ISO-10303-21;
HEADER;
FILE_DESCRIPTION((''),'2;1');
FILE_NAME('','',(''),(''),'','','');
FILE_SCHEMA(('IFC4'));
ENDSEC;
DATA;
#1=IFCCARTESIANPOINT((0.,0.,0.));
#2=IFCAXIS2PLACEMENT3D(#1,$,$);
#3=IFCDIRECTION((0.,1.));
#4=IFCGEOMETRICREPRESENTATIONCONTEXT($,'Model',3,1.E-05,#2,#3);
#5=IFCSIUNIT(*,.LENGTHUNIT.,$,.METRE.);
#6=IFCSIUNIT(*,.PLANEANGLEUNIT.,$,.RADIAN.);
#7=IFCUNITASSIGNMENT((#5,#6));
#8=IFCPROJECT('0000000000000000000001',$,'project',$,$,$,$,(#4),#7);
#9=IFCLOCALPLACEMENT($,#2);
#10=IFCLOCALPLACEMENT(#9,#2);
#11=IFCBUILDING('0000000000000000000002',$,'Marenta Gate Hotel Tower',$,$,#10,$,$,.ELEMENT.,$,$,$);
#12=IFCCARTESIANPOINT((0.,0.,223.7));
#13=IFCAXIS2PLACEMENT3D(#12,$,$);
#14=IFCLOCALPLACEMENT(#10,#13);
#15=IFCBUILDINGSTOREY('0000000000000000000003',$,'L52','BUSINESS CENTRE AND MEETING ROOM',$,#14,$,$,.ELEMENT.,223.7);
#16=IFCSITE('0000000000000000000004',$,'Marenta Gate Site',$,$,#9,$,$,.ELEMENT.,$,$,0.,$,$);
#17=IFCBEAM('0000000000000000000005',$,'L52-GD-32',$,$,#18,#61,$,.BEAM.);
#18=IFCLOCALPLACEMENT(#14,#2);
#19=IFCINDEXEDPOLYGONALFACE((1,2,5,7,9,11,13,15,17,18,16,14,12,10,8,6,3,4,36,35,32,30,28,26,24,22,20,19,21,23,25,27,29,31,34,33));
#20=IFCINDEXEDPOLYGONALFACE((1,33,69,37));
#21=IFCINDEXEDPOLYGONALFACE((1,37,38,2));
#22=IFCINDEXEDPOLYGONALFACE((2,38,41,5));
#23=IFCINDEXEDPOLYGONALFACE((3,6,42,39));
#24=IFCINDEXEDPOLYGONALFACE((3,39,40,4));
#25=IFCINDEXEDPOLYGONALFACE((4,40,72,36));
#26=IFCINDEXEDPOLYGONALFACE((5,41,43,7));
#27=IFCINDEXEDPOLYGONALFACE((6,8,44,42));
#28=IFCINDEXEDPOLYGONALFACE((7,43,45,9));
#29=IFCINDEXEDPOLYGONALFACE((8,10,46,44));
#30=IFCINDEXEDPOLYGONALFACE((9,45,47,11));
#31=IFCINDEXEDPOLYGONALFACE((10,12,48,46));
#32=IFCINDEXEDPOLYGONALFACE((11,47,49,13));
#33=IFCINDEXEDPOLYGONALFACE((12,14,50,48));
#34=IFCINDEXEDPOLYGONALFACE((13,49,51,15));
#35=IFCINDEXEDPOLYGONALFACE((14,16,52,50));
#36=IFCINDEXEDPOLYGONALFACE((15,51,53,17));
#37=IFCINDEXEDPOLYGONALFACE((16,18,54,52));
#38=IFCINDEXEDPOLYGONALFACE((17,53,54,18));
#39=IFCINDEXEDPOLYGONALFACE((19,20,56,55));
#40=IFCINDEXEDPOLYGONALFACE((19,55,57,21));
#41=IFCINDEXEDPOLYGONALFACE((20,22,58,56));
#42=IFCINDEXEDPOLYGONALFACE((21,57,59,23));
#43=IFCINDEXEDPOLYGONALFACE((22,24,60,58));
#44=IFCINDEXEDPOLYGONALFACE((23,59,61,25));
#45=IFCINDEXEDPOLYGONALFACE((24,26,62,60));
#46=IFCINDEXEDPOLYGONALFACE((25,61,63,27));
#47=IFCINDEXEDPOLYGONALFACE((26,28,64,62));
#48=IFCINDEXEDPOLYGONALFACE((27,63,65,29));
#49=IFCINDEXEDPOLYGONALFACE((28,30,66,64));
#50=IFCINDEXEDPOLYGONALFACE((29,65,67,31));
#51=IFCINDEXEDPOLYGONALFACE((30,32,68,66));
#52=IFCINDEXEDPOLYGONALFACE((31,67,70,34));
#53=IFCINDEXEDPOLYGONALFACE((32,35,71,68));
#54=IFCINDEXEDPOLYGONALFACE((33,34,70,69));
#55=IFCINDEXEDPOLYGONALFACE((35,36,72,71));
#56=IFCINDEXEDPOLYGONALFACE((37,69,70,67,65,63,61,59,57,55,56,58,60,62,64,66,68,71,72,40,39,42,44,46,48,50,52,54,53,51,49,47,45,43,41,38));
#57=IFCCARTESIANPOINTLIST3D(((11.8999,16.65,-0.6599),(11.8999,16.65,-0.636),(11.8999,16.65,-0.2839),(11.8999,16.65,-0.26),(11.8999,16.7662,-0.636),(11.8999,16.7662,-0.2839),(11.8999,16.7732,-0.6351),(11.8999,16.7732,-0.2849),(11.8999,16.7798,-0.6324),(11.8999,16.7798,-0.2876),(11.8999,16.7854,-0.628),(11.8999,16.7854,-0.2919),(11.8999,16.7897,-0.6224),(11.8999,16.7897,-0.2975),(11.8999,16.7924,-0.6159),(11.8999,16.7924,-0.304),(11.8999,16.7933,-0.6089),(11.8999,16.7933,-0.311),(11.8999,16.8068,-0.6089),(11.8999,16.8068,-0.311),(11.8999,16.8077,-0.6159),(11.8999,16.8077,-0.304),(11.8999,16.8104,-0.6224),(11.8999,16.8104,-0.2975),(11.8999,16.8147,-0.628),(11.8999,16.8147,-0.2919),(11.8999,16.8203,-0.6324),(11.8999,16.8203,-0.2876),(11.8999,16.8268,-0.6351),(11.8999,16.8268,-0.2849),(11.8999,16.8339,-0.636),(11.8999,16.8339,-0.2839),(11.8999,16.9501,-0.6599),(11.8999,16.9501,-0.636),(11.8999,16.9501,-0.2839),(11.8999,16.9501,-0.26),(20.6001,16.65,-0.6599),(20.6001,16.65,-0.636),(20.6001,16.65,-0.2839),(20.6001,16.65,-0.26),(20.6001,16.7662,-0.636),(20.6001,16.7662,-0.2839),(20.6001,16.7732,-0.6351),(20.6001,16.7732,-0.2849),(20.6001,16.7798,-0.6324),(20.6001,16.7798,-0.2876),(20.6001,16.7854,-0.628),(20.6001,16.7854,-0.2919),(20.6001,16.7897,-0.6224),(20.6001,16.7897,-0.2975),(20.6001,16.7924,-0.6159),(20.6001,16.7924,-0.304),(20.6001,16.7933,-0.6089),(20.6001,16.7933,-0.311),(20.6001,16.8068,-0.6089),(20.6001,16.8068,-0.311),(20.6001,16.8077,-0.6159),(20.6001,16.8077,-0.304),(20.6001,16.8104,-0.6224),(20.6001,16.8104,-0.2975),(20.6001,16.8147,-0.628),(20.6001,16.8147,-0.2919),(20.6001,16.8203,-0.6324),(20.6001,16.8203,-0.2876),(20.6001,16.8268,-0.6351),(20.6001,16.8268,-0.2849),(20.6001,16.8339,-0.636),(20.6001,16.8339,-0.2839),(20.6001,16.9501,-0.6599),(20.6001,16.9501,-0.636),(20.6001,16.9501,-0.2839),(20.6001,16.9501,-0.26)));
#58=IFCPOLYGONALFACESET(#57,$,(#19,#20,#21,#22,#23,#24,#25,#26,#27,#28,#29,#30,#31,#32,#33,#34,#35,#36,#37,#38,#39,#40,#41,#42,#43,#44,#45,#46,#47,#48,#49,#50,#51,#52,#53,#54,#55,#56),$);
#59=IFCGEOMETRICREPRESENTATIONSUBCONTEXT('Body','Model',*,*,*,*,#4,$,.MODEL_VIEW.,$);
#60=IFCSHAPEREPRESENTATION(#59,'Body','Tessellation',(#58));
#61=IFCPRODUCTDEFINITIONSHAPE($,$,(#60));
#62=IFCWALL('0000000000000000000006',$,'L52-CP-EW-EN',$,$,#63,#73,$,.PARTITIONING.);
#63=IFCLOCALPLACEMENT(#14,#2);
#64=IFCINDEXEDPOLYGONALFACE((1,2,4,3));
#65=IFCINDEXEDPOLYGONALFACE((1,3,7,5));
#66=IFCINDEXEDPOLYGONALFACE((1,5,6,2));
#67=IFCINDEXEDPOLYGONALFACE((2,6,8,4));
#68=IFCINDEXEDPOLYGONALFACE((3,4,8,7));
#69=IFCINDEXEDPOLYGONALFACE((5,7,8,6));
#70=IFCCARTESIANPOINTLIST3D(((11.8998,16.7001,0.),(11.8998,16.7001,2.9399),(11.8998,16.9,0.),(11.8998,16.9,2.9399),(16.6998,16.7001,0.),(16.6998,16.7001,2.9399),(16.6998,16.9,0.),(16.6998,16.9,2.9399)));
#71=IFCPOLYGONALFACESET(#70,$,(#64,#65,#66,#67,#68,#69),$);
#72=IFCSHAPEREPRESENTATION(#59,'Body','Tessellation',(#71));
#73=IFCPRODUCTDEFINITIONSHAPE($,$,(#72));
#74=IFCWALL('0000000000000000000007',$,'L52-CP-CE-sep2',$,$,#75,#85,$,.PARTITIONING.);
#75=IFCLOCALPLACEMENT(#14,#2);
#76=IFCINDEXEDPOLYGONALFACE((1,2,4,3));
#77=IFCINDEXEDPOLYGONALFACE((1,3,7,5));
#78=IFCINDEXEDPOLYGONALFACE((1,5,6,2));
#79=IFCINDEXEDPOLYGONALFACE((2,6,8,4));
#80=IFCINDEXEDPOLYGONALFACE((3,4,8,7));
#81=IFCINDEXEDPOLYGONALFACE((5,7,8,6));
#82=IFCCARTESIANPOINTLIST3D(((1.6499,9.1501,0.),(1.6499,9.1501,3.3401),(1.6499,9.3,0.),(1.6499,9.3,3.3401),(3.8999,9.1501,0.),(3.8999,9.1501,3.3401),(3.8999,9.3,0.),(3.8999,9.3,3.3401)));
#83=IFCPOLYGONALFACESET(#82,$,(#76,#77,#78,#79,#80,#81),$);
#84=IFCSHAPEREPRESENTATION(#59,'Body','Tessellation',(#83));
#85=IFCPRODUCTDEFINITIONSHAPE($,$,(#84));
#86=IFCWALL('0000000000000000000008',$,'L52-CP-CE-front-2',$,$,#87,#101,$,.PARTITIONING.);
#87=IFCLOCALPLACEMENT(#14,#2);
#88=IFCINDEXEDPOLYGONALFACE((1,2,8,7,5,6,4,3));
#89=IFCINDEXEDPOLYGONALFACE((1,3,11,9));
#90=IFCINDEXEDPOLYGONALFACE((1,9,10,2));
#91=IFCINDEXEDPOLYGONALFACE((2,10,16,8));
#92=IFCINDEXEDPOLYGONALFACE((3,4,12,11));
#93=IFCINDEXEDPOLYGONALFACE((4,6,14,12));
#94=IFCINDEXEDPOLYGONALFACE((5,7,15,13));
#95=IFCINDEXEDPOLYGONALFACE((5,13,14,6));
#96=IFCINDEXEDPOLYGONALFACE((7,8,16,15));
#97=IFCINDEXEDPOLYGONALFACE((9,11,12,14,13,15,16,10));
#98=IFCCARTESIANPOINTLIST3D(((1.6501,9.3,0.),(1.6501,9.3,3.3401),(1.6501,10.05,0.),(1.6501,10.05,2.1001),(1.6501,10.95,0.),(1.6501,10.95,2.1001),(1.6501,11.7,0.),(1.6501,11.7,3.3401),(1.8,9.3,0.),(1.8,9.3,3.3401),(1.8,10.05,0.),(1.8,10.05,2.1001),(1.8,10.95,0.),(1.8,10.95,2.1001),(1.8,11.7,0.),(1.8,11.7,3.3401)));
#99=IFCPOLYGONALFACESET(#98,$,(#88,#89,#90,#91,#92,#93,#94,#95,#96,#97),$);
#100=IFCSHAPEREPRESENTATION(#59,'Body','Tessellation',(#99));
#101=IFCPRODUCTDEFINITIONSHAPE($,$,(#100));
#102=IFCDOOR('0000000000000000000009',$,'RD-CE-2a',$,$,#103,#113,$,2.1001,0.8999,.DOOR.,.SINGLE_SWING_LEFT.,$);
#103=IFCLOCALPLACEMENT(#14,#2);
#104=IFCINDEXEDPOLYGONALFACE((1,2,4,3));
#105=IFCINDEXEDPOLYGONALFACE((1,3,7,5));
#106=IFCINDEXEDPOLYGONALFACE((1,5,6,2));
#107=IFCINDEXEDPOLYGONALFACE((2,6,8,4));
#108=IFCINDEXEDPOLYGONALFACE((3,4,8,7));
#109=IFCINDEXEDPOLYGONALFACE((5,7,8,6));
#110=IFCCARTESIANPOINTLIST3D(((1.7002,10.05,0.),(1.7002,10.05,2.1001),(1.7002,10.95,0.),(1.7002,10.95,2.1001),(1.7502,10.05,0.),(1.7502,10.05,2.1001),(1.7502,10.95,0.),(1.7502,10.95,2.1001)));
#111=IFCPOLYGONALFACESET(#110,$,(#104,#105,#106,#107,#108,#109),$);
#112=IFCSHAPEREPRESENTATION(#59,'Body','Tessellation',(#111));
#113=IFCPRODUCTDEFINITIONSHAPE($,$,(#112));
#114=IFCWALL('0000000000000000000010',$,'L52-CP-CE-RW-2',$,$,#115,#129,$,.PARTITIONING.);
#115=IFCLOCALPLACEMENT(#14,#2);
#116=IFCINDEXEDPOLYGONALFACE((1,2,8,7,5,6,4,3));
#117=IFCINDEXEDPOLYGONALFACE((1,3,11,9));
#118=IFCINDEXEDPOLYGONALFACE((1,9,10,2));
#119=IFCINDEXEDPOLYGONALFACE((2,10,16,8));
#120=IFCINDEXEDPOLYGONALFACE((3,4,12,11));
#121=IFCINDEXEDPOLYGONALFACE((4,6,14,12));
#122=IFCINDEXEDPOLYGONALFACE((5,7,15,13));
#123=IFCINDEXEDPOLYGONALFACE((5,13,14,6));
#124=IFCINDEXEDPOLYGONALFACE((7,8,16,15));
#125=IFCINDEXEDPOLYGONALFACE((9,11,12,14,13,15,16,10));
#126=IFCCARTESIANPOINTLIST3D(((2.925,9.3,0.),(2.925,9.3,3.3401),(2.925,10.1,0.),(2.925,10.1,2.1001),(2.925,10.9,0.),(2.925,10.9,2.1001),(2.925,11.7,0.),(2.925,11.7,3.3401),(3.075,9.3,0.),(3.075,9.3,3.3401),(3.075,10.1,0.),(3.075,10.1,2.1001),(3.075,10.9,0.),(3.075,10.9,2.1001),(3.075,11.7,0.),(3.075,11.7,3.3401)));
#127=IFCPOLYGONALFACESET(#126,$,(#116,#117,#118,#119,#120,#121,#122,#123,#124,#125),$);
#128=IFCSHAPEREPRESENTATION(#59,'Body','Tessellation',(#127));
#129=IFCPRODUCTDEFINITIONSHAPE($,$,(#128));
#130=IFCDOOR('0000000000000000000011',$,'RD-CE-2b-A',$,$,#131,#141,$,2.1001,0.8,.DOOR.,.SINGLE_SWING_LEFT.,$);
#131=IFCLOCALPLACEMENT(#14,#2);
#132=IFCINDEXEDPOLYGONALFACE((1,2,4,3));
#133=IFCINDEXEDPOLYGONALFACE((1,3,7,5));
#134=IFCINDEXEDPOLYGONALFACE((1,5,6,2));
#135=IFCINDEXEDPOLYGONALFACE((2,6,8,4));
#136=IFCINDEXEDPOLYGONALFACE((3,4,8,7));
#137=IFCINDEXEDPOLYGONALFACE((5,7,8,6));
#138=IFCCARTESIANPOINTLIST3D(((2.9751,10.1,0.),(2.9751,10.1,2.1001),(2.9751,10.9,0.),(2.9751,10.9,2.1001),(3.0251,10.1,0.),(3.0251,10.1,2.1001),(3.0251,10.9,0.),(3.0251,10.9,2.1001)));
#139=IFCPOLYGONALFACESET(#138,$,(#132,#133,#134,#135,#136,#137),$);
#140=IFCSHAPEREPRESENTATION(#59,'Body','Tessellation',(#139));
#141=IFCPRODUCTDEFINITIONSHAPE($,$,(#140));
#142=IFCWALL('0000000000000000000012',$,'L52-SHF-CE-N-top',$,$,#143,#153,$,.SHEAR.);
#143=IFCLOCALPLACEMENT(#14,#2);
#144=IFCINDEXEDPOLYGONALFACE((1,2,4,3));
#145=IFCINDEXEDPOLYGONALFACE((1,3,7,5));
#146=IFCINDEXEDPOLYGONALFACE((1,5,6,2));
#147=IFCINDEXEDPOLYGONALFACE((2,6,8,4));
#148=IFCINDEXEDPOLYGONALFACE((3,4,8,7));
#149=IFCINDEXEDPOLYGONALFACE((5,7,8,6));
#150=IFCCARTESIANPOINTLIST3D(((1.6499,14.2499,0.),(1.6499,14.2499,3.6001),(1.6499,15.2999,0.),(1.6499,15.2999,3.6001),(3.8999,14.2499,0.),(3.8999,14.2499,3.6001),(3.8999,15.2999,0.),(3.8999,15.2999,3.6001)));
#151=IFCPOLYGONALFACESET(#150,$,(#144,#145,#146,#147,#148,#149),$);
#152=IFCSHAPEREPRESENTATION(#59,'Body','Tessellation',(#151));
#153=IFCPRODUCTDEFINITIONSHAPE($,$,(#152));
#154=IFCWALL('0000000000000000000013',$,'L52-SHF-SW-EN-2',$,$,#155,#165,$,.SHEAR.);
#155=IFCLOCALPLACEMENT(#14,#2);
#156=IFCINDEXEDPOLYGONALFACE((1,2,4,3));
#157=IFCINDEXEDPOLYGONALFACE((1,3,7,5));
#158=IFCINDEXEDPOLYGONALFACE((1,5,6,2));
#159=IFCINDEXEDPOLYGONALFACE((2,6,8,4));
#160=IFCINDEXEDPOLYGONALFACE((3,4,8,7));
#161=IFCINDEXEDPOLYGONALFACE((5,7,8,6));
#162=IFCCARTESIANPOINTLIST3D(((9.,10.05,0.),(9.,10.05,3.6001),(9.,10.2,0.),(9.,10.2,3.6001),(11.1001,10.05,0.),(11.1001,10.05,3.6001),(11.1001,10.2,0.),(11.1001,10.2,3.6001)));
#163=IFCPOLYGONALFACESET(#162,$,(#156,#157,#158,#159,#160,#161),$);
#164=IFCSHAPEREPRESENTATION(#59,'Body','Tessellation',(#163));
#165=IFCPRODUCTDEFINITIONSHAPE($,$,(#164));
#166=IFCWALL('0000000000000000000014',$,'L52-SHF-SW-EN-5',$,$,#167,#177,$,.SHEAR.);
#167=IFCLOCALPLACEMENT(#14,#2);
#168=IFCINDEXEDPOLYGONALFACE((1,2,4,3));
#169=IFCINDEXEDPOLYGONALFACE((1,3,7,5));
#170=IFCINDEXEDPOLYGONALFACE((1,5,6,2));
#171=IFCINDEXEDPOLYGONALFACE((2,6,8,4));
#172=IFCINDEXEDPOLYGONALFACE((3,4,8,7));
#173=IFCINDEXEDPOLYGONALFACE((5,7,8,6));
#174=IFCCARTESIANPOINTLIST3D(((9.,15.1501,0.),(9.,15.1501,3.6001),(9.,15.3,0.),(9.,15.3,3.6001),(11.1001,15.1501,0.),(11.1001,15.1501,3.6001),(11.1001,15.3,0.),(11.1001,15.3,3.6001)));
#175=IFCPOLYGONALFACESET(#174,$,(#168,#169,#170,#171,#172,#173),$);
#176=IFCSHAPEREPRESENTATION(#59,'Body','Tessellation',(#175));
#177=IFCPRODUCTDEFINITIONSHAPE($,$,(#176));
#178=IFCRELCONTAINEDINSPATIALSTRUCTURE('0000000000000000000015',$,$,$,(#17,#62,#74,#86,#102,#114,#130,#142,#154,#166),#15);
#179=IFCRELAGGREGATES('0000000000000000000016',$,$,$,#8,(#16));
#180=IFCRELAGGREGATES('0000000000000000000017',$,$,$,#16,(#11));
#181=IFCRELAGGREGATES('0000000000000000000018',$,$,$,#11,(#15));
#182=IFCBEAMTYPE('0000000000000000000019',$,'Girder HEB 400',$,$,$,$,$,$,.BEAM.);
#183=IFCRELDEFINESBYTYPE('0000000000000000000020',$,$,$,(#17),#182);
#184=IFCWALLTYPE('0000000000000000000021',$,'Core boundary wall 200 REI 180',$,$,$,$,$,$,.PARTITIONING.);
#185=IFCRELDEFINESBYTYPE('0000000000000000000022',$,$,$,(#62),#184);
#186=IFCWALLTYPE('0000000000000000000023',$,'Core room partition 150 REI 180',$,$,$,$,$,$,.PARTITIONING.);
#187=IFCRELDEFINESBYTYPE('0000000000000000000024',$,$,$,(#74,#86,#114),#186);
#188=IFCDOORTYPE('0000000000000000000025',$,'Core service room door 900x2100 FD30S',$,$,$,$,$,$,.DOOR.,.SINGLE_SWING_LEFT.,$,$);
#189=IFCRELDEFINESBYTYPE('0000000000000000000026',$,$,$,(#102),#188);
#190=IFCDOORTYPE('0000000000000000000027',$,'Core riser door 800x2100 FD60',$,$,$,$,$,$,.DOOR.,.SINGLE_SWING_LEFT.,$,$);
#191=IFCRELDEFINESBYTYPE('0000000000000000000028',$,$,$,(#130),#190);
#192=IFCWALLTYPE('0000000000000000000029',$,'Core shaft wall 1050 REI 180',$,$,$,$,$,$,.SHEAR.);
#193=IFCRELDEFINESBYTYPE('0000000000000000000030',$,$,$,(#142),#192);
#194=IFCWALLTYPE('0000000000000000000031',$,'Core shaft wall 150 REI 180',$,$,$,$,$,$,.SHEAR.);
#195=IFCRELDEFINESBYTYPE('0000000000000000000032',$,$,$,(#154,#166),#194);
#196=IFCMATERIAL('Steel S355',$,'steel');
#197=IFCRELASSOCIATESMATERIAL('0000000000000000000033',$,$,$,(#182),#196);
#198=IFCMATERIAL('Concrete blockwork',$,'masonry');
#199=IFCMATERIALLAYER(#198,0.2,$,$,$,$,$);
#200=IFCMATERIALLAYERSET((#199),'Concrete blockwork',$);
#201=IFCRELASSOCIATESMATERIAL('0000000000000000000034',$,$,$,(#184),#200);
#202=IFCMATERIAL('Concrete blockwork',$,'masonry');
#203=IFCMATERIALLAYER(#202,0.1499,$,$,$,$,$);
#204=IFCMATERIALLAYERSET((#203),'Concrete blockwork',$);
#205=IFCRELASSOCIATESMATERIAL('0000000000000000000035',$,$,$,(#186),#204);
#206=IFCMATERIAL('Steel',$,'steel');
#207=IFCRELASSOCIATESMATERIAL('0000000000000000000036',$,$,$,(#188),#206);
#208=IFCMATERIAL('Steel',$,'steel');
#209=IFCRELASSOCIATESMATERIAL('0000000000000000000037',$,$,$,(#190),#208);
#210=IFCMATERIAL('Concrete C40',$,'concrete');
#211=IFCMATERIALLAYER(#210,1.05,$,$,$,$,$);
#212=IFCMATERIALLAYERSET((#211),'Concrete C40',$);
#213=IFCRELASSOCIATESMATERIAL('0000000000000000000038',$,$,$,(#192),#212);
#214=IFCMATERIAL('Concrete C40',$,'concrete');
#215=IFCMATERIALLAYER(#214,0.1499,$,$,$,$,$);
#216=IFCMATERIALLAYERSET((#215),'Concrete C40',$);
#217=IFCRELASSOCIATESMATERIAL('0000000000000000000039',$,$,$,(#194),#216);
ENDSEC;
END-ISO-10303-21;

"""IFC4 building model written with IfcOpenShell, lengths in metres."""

from ifc_helpers import new_model, si_unit, direction, frame, frame_2d, origin, origin_2d, place, context, subcontext, project, spatial, rectangle, i_section, extrude, material, layer, layer_set, material_profile, profile_set, type_object, element, fill, save


model = new_model("IFC4")

# Units and contexts
model_context = context("Model", 3, precision=1e-05, world=origin(), true_north=direction((0.0, 1.0)))
body_context = subcontext(model_context, "Body", "Model", "MODEL_VIEW")
ifc_project = project(units=[si_unit("LENGTHUNIT", "METRE"), si_unit("PLANEANGLEUNIT", "RADIAN")], contexts=[model_context])

# Site, building, storey
site_placement = place(None, origin())
site = spatial("IfcSite", under=ifc_project, at=site_placement, Name="Marenta Gate Site", CompositionType="ELEMENT", RefElevation=0.0)
building_placement = place(site_placement, origin())
building = spatial("IfcBuilding", under=site, at=building_placement, Name="Marenta Gate Hotel Tower", CompositionType="ELEMENT")
storey_placement = place(building_placement, frame((0.0, 0.0, 223.7)))
storey = spatial("IfcBuildingStorey", under=building, at=storey_placement, Name="L52", Description="BUSINESS CENTRE AND MEETING ROOM", CompositionType="ELEMENT", Elevation=223.7)

# Beam
ifc_material_1 = material(Name="Steel S355", Category="steel")
ifc_material_profile_1 = material_profile(ifc_material_1, i_section(OverallWidth=0.3, OverallDepth=0.3999, WebThickness=0.0134, FlangeThickness=0.0239, FilletRadius=0.0271, at=origin_2d()), Name="HEB 400")
ifc_profile_set_1 = profile_set([ifc_material_profile_1], Name="Steel S355")
beam_type_1 = type_object("IfcBeamType", Name="Girder HEB 400", PredefinedType="BEAM", material=ifc_profile_set_1)
beam_1_placement = place(storey_placement, frame((11.8999, 16.8, -0.46), z_axis=(1.0, 0.0, 0.0), x_axis=(0.0, 1.0, 0.0)))
element("IfcBeam", 1, at=beam_1_placement, inside=storey, type_object=beam_type_1, Name="L52-GD-32", PredefinedType="BEAM", context=body_context, shape_type="SweptSolid", body=[
    extrude(i_section(OverallWidth=0.3, OverallDepth=0.3999, WebThickness=0.0134, FlangeThickness=0.0239, FilletRadius=0.0271, at=origin_2d()), origin(), (0.0, 0.0, 1.0), 8.7002),
])

# Walls
ifc_material_2 = material(Name="Concrete blockwork", Category="masonry")
ifc_layer_1 = layer(ifc_material_2, 0.2)
ifc_layer_set_1 = layer_set([ifc_layer_1], Name="Concrete blockwork")
wall_type_1 = type_object("IfcWallType", Name="Core boundary wall 200 REI 180", PredefinedType="PARTITIONING", material=ifc_layer_set_1)
wall_1_placement = place(storey_placement, frame((11.8999, 16.8, 0.0), z_axis=(0.0, 0.0, 1.0), x_axis=(1.0, 0.0, 0.0)))
element("IfcWall", 2, at=wall_1_placement, inside=storey, type_object=wall_type_1, Name="L52-CP-EW-EN", PredefinedType="PARTITIONING", context=body_context, shape_type="SweptSolid", body=[
    extrude(rectangle(XDim=4.8, YDim=0.2, at=frame_2d((2.3999, 0.0))), origin(), (0.0, 0.0, 1.0), 2.9399),
])
ifc_material_3 = material(Name="Concrete blockwork", Category="masonry")
ifc_layer_2 = layer(ifc_material_3, 0.1499)
ifc_layer_set_2 = layer_set([ifc_layer_2], Name="Concrete blockwork")
wall_type_2 = type_object("IfcWallType", Name="Core room partition 150 REI 180", PredefinedType="PARTITIONING", material=ifc_layer_set_2)
wall_2_placement = place(storey_placement, frame((1.6499, 9.2251, 0.0), z_axis=(0.0, 0.0, 1.0), x_axis=(1.0, 0.0, 0.0)))
element("IfcWall", 3, at=wall_2_placement, inside=storey, type_object=wall_type_2, Name="L52-CP-CE-sep2", PredefinedType="PARTITIONING", context=body_context, shape_type="SweptSolid", body=[
    extrude(rectangle(XDim=2.25, YDim=0.1499, at=frame_2d((1.125, 0.0))), origin(), (0.0, 0.0, 1.0), 3.3401),
])

# Walls, openings, doors
wall_3_placement = place(storey_placement, frame((1.7251, 9.3, 0.0), z_axis=(0.0, 0.0, 1.0), x_axis=(0.0, 1.0, 0.0)))
wall_3 = element("IfcWall", 4, at=wall_3_placement, inside=storey, type_object=wall_type_2, Name="L52-CP-CE-front-2", PredefinedType="PARTITIONING", context=body_context, shape_type="SweptSolid", body=[
    extrude(rectangle(XDim=2.3999, YDim=0.1499, at=frame_2d((1.2, 0.0))), origin(), (0.0, 0.0, 1.0), 3.3401),
])
opening_1_placement = place(wall_3_placement, frame((0.75, 0.0, 0.0)))
opening_1 = element("IfcOpeningElement", 5, at=opening_1_placement, cuts=wall_3, PredefinedType="OPENING", context=body_context, shape_type="SweptSolid", body=[
    extrude(rectangle(XDim=0.8999, YDim=2.1001, at=frame_2d((0.45, 1.05))), frame((0.0, 0.075, 0.0), z_axis=(0.0, -1.0, 0.0), x_axis=(1.0, 0.0, 0.0)), (0.0, 0.0, 1.0), 0.1499),
])
ifc_material_4 = material(Name="Steel", Category="steel")
door_type_1 = type_object("IfcDoorType", Name="Core service room door 900x2100 FD30S", OperationType="SINGLE_SWING_LEFT", PredefinedType="DOOR", material=ifc_material_4)
door_1_placement = place(opening_1_placement, origin())
door_1 = element("IfcDoor", 6, at=door_1_placement, inside=storey, type_object=door_type_1, Name="RD-CE-2a", OperationType="SINGLE_SWING_LEFT", OverallHeight=2.1001, OverallWidth=0.8999, PredefinedType="DOOR", context=body_context, shape_type="SweptSolid", body=[
    extrude(rectangle(XDim=0.8999, YDim=2.1001, at=frame_2d((0.45, 1.05))), frame((0.0, 0.0249, 0.0), z_axis=(0.0, -1.0, 0.0), x_axis=(1.0, 0.0, 0.0)), (0.0, 0.0, 1.0), 0.05),
])
fill(opening_1, door_1)
wall_4_placement = place(storey_placement, frame((3.0, 9.3, 0.0), z_axis=(0.0, 0.0, 1.0), x_axis=(0.0, 1.0, 0.0)))
wall_4 = element("IfcWall", 7, at=wall_4_placement, inside=storey, type_object=wall_type_2, Name="L52-CP-CE-RW-2", PredefinedType="PARTITIONING", context=body_context, shape_type="SweptSolid", body=[
    extrude(rectangle(XDim=2.3999, YDim=0.1499, at=frame_2d((1.2, 0.0))), origin(), (0.0, 0.0, 1.0), 3.3401),
])
opening_2_placement = place(wall_4_placement, frame((0.8, 0.0, 0.0)))
opening_2 = element("IfcOpeningElement", 8, at=opening_2_placement, cuts=wall_4, PredefinedType="OPENING", context=body_context, shape_type="SweptSolid", body=[
    extrude(rectangle(XDim=0.8, YDim=2.1001, at=frame_2d((0.3999, 1.05))), frame((0.0, 0.075, 0.0), z_axis=(0.0, -1.0, 0.0), x_axis=(1.0, 0.0, 0.0)), (0.0, 0.0, 1.0), 0.1499),
])
ifc_material_5 = material(Name="Steel", Category="steel")
door_type_2 = type_object("IfcDoorType", Name="Core riser door 800x2100 FD60", OperationType="SINGLE_SWING_LEFT", PredefinedType="DOOR", material=ifc_material_5)
door_2_placement = place(opening_2_placement, origin())
door_2 = element("IfcDoor", 9, at=door_2_placement, inside=storey, type_object=door_type_2, Name="RD-CE-2b-A", OperationType="SINGLE_SWING_LEFT", OverallHeight=2.1001, OverallWidth=0.8, PredefinedType="DOOR", context=body_context, shape_type="SweptSolid", body=[
    extrude(rectangle(XDim=0.8, YDim=2.1001, at=frame_2d((0.3999, 1.05))), frame((0.0, 0.0249, 0.0), z_axis=(0.0, -1.0, 0.0), x_axis=(1.0, 0.0, 0.0)), (0.0, 0.0, 1.0), 0.05),
])
fill(opening_2, door_2)

# Walls
ifc_material_6 = material(Name="Concrete C40", Category="concrete")
ifc_layer_3 = layer(ifc_material_6, 1.05)
ifc_layer_set_3 = layer_set([ifc_layer_3], Name="Concrete C40")
wall_type_3 = type_object("IfcWallType", Name="Core shaft wall 1050 REI 180", PredefinedType="SHEAR", material=ifc_layer_set_3)
wall_5_placement = place(storey_placement, frame((1.6499, 14.7749, 0.0), z_axis=(0.0, 0.0, 1.0), x_axis=(1.0, 0.0, 0.0)))
element("IfcWall", 10, at=wall_5_placement, inside=storey, type_object=wall_type_3, Name="L52-SHF-CE-N-top", PredefinedType="SHEAR", context=body_context, shape_type="SweptSolid", body=[
    extrude(rectangle(XDim=2.25, YDim=1.05, at=frame_2d((1.125, 0.0))), origin(), (0.0, 0.0, 1.0), 3.6001),
])
ifc_material_7 = material(Name="Concrete C40", Category="concrete")
ifc_layer_4 = layer(ifc_material_7, 0.1499)
ifc_layer_set_4 = layer_set([ifc_layer_4], Name="Concrete C40")
wall_type_4 = type_object("IfcWallType", Name="Core shaft wall 150 REI 180", PredefinedType="SHEAR", material=ifc_layer_set_4)
for number, where, z_axis, x_axis, name in (
    (11, (9.0, 10.125, 0.0), (0.0, 0.0, 1.0), (1.0, 0.0, 0.0), "L52-SHF-SW-EN-2"),
    (12, (9.0, 15.2251, 0.0), (0.0, 0.0, 1.0), (1.0, 0.0, 0.0), "L52-SHF-SW-EN-5"),
):
    element("IfcWall", number, at=place(storey_placement, frame(where, z_axis=z_axis, x_axis=x_axis)), inside=storey, type_object=wall_type_4, Name=name, PredefinedType="SHEAR", context=body_context, shape_type="SweptSolid", body=[
        extrude(rectangle(XDim=2.1001, YDim=0.1499, at=frame_2d((1.05, 0.0))), origin(), (0.0, 0.0, 1.0), 3.6001),
    ])

save(model, "model.ifc")
